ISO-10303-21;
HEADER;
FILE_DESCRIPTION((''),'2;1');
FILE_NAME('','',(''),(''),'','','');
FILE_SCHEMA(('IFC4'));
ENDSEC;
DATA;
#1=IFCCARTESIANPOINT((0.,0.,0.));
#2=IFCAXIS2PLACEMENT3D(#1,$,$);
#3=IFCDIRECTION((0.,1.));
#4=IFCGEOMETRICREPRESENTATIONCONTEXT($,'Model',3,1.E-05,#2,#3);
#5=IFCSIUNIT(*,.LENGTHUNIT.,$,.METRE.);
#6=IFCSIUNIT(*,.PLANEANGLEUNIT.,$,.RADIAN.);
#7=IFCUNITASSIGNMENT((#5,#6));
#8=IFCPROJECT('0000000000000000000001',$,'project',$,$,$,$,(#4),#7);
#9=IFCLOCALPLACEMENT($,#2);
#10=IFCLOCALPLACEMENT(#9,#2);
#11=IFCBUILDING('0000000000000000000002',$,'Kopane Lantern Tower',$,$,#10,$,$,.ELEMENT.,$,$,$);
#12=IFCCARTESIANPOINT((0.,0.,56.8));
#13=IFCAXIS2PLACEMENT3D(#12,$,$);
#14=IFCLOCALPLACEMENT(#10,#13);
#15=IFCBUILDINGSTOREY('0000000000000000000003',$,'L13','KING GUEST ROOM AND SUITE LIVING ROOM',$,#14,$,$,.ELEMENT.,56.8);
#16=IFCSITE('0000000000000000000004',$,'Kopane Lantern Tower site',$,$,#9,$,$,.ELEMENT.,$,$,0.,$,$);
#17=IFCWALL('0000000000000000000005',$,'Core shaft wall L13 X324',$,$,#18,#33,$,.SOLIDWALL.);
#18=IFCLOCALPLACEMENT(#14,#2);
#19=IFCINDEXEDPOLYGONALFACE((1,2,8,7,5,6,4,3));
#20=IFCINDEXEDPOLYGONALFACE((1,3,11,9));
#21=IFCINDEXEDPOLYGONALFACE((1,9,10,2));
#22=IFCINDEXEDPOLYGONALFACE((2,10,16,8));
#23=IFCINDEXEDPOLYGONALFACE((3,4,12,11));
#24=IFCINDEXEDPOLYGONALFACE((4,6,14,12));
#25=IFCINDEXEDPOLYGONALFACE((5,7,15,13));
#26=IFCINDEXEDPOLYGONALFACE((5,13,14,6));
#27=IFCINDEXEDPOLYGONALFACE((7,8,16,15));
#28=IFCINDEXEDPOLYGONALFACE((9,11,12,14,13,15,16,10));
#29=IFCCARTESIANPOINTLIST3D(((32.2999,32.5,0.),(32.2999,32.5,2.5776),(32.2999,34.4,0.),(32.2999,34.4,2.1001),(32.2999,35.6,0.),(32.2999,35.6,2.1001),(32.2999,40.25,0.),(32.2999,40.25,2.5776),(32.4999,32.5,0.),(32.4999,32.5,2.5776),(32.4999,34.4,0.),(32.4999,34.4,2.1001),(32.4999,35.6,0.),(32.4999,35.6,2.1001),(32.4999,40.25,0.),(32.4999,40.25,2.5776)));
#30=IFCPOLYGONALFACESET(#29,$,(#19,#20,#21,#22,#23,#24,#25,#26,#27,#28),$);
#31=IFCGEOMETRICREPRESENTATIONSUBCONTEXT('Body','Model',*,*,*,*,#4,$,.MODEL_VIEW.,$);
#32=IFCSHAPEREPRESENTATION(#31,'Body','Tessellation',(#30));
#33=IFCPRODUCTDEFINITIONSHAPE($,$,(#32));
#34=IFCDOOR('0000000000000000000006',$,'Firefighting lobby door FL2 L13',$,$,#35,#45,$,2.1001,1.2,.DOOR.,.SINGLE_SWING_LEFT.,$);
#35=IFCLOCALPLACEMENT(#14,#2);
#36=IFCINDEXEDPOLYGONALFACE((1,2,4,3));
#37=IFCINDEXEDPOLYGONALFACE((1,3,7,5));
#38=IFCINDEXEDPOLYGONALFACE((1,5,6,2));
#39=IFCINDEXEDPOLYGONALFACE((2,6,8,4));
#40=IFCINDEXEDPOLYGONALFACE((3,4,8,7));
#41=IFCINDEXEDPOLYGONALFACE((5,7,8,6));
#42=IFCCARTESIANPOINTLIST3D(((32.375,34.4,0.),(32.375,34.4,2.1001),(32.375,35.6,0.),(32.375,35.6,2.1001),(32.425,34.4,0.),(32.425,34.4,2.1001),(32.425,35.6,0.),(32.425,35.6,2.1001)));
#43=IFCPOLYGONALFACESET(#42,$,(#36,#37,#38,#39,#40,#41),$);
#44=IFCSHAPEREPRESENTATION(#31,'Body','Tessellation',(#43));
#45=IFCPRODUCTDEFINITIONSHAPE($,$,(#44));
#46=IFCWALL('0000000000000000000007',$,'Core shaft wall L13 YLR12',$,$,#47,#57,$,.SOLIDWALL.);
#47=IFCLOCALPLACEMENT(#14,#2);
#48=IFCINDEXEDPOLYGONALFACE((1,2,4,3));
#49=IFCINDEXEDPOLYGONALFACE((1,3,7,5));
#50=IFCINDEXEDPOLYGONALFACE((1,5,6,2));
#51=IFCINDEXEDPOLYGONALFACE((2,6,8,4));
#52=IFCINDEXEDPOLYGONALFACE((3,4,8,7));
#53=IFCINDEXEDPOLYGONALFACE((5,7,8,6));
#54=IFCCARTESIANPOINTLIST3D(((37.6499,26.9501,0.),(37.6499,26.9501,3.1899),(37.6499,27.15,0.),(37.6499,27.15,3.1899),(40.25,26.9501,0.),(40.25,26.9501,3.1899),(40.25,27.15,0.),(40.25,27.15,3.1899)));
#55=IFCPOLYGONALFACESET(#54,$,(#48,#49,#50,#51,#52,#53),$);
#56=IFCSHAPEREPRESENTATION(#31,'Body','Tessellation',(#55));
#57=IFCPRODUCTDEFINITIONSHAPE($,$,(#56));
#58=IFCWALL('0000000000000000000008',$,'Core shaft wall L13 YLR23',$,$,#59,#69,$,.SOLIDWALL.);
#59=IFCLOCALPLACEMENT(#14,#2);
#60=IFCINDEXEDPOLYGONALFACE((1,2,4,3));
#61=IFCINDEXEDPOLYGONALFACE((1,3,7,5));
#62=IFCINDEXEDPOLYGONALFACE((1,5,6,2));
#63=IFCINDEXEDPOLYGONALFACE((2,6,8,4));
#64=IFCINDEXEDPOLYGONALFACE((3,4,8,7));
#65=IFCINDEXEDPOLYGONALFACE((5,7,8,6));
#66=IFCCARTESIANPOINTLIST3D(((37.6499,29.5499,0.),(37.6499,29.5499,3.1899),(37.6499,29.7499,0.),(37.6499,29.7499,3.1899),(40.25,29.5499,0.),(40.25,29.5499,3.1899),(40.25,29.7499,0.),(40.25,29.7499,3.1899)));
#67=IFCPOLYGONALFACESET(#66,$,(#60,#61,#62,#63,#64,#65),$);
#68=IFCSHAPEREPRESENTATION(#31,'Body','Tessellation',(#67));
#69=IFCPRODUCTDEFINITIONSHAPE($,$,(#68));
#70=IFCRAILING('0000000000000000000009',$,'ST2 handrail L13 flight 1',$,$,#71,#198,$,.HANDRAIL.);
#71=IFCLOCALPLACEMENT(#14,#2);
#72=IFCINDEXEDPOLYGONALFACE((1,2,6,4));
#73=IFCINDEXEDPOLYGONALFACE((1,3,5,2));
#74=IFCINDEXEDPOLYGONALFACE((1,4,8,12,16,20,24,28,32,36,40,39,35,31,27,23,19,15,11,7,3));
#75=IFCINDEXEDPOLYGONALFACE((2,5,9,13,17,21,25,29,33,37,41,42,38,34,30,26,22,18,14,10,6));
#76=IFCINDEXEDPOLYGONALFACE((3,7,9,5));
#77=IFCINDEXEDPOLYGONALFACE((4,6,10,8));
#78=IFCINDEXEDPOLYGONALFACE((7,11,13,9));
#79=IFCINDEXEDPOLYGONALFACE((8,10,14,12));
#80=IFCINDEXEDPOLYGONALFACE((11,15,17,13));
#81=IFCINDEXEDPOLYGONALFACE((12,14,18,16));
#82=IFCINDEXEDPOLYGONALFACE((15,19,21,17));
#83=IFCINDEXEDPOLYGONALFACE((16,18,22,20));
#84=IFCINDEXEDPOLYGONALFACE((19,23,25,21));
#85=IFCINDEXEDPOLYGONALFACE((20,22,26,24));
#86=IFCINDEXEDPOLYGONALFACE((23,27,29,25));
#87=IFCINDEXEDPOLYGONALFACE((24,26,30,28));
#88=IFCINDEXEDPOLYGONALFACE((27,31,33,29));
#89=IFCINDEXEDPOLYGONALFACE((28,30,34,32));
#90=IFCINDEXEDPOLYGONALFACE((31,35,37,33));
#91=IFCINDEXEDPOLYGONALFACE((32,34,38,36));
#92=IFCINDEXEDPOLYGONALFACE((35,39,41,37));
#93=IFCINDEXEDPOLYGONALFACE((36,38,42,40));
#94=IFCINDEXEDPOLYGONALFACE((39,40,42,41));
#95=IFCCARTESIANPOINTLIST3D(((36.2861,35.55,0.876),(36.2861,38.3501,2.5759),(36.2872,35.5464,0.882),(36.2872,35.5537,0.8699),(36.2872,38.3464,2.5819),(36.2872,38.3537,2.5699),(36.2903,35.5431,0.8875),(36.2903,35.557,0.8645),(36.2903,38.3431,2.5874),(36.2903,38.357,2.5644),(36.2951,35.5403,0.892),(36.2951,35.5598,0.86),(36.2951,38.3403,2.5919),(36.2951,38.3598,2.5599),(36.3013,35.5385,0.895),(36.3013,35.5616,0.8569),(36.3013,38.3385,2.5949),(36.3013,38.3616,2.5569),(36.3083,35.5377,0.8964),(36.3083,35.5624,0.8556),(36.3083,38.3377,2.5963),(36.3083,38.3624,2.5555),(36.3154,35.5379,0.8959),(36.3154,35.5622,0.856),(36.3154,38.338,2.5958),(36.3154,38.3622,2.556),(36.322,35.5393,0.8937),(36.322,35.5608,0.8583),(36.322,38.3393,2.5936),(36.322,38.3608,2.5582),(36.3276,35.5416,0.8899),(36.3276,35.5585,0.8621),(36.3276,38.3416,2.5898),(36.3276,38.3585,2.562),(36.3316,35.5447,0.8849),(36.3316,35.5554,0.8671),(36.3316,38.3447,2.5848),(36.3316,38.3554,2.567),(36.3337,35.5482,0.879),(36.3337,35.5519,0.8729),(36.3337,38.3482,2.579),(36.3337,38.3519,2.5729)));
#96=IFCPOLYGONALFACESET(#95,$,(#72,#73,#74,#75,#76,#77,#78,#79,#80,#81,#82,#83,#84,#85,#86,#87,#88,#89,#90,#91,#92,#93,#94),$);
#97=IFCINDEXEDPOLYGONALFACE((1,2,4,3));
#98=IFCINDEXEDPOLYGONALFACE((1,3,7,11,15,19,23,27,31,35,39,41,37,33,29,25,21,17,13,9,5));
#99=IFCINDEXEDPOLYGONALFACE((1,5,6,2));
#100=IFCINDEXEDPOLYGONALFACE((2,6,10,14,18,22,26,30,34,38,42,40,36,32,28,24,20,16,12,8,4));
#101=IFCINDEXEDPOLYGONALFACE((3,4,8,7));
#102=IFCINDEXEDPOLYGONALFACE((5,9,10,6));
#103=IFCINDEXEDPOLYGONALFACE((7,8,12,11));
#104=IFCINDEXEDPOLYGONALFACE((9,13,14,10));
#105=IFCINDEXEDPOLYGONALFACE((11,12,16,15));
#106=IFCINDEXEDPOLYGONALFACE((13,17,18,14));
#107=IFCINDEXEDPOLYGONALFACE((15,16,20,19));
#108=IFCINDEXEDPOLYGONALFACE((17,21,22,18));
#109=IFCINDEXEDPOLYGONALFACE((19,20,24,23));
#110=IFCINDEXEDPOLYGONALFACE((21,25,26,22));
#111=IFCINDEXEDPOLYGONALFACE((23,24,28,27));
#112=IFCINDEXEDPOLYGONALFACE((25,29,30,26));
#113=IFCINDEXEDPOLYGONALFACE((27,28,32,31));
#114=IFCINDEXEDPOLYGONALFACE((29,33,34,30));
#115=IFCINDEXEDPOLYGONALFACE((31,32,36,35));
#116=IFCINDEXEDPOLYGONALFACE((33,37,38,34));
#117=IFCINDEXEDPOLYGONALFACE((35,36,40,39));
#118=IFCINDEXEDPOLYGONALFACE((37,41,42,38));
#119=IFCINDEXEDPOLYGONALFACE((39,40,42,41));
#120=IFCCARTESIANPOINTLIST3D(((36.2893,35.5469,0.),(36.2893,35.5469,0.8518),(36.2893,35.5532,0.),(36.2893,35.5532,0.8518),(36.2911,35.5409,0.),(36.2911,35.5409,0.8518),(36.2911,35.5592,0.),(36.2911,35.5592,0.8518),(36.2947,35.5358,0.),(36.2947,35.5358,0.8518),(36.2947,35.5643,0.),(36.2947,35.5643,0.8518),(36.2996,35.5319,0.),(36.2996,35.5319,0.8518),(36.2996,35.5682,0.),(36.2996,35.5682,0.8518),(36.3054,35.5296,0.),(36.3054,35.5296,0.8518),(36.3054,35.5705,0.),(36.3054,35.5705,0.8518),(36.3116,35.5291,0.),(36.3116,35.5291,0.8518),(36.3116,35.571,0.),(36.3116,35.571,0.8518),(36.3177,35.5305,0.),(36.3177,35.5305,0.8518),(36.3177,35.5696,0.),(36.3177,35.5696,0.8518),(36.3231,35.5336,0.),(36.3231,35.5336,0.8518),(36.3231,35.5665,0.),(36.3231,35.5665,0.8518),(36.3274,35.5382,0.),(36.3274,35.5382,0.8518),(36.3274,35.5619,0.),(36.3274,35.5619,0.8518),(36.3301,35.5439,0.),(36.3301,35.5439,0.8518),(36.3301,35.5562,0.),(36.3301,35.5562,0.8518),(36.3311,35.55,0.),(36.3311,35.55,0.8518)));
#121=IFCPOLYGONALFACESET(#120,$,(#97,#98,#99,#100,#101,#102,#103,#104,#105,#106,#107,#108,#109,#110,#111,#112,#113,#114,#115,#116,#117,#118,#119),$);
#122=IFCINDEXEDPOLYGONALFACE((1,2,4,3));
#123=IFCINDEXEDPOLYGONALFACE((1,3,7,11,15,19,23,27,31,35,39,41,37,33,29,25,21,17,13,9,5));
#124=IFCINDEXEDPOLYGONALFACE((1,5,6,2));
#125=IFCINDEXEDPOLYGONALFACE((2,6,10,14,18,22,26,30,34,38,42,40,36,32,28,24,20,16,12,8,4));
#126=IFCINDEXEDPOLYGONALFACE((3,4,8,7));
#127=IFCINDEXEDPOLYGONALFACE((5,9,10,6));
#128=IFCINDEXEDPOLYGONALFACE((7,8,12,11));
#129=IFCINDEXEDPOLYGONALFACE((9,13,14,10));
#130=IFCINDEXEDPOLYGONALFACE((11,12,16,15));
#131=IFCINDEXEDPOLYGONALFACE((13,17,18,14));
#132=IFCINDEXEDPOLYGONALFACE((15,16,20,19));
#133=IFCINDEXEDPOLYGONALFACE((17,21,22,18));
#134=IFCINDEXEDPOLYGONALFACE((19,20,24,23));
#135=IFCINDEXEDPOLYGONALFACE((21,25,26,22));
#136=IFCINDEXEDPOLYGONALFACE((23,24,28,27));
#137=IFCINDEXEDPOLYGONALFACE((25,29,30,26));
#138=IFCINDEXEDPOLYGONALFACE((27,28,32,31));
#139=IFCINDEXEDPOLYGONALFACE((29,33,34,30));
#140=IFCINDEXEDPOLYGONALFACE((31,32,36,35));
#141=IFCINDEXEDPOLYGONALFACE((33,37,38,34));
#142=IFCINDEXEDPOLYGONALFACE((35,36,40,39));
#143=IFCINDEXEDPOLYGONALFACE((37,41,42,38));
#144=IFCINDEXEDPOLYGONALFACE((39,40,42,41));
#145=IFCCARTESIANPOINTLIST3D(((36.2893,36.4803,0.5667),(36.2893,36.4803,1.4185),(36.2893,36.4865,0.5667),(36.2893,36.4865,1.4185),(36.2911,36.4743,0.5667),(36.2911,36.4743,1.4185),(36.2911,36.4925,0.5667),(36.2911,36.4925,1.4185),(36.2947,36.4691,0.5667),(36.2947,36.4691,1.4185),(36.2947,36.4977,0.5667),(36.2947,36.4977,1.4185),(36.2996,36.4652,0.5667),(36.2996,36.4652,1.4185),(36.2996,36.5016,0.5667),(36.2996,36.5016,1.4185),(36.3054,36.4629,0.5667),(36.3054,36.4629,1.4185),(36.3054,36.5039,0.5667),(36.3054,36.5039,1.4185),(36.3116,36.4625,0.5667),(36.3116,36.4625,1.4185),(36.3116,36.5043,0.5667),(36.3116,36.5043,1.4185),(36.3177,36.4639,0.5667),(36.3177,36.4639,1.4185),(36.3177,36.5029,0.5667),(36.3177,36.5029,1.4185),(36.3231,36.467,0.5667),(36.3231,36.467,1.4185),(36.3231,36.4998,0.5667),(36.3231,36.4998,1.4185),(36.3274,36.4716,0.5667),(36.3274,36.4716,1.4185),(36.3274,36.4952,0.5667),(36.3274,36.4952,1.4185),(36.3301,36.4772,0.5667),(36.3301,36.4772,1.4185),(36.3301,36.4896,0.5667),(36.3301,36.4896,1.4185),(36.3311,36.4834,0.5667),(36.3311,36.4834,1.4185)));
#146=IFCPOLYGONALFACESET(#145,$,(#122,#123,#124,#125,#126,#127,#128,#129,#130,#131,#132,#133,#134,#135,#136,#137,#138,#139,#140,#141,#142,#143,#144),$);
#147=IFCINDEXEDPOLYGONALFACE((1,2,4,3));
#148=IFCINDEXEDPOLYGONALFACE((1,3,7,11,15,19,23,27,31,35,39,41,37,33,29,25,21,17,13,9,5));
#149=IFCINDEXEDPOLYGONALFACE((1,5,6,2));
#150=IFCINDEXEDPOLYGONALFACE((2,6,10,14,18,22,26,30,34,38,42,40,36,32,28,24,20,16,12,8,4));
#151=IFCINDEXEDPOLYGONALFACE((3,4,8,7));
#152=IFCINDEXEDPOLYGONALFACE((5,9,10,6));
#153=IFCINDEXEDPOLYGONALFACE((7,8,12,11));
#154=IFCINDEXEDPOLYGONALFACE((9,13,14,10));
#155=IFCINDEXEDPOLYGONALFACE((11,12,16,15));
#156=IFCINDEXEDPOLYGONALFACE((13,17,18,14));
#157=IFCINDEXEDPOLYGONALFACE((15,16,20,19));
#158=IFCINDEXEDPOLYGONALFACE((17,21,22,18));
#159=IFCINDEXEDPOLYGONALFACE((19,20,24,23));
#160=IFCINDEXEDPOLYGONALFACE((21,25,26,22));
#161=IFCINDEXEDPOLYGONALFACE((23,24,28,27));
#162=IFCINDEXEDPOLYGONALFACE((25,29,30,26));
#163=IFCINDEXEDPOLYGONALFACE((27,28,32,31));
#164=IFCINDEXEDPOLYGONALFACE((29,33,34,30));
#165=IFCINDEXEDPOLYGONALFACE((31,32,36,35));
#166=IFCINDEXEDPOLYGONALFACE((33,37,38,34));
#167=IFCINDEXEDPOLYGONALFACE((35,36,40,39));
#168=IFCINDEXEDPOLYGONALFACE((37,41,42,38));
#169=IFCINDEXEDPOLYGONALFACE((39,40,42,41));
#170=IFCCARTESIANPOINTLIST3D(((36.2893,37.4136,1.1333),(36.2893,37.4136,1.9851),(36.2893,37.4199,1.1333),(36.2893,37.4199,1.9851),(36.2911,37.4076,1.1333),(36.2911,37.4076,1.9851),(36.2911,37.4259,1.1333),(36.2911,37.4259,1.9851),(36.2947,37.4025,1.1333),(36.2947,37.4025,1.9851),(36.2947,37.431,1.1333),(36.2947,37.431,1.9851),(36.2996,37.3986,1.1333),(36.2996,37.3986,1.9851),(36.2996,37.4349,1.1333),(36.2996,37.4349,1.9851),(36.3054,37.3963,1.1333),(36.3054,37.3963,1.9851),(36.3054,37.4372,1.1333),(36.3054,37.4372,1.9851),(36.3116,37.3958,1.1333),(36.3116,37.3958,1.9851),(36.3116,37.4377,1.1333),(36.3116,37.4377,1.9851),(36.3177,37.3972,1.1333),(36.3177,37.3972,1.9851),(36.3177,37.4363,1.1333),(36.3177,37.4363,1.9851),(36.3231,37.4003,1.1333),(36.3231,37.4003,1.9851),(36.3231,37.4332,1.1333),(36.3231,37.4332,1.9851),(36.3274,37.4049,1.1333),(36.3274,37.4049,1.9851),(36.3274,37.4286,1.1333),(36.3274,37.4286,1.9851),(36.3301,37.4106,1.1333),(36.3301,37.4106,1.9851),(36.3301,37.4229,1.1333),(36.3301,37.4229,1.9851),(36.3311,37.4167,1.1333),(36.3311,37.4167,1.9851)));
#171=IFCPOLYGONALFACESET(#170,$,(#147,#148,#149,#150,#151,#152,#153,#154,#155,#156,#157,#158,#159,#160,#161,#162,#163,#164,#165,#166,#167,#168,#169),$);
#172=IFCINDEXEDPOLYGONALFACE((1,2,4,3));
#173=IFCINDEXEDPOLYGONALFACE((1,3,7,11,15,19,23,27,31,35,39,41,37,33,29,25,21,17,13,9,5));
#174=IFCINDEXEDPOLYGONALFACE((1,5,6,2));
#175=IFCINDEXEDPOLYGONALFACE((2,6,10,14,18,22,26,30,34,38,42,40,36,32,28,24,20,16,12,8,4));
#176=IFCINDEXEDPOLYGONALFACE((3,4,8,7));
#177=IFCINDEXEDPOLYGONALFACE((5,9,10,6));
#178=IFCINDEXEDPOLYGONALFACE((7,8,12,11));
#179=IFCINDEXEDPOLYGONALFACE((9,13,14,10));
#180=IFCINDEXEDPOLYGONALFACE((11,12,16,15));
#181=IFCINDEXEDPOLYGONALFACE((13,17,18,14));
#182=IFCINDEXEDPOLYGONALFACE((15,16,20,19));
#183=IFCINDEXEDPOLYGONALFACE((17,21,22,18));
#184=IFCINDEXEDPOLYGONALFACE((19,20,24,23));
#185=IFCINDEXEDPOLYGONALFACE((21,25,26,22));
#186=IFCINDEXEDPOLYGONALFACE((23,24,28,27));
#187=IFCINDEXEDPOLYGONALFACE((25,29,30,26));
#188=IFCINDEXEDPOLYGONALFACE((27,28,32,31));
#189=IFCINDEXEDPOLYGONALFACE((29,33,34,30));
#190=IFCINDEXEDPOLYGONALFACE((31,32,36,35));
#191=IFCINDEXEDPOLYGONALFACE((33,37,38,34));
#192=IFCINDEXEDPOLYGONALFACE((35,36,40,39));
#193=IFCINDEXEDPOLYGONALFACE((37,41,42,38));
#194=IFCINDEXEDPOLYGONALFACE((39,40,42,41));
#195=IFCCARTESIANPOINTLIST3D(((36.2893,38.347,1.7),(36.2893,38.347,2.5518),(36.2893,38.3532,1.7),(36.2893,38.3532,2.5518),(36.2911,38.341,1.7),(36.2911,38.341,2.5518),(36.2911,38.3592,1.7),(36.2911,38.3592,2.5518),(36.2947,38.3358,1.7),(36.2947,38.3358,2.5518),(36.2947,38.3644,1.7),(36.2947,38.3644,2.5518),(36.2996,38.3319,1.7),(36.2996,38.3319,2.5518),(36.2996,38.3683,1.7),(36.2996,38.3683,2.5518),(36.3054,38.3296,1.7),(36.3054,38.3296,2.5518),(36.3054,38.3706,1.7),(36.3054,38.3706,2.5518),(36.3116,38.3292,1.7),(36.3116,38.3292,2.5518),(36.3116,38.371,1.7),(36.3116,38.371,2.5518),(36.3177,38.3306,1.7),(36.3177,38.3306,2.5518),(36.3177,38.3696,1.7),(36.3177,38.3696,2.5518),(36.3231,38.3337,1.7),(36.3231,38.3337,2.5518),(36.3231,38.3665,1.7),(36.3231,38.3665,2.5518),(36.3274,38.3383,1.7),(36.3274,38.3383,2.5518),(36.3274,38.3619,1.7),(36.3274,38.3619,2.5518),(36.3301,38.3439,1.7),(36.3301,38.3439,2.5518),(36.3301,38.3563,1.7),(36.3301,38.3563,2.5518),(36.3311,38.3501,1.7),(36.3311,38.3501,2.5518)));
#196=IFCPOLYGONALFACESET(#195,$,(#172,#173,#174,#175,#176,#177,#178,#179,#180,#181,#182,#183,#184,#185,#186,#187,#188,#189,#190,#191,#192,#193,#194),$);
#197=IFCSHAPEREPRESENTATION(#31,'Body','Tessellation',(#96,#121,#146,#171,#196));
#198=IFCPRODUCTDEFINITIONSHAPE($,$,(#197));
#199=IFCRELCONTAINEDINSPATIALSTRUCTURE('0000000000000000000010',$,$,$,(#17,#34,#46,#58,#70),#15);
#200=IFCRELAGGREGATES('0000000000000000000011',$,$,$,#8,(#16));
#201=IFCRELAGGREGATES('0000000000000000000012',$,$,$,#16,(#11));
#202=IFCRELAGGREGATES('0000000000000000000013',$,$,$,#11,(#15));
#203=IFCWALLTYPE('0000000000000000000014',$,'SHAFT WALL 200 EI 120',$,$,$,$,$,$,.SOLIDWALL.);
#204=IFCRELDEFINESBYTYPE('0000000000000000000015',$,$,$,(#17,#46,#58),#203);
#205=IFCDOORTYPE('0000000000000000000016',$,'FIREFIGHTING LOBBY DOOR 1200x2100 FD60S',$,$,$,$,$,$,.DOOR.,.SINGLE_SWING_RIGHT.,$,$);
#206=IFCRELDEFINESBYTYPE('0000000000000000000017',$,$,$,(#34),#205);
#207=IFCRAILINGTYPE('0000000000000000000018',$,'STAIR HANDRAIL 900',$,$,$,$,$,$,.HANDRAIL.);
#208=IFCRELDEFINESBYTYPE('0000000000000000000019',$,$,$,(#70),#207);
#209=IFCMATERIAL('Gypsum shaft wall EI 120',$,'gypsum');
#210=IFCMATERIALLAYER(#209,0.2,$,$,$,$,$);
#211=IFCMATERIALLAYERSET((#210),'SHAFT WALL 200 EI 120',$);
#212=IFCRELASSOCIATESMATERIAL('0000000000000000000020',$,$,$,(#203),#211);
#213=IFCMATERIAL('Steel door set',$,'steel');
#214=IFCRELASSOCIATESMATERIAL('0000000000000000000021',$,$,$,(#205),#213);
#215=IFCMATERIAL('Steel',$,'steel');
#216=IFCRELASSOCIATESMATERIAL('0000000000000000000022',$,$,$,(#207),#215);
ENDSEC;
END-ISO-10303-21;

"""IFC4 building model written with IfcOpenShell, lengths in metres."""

from ifc_helpers import new_model, si_unit, direction, frame, frame_2d, origin, origin_2d, place, context, subcontext, project, spatial, rectangle, circle, extrude, material, layer, layer_set, type_object, element, fill, save


model = new_model("IFC4")

# Units and contexts
model_context = context("Model", 3, precision=1e-05, world=origin(), true_north=direction((0.0, 1.0)))
body_context = subcontext(model_context, "Body", "Model", "MODEL_VIEW")
ifc_project = project(units=[si_unit("LENGTHUNIT", "METRE"), si_unit("PLANEANGLEUNIT", "RADIAN")], contexts=[model_context])

# Site, building, storey
site_placement = place(None, origin())
site = spatial("IfcSite", under=ifc_project, at=site_placement, Name="Kopane Lantern Tower site", CompositionType="ELEMENT", RefElevation=0.0)
building_placement = place(site_placement, origin())
building = spatial("IfcBuilding", under=site, at=building_placement, Name="Kopane Lantern Tower", CompositionType="ELEMENT")
storey_placement = place(building_placement, frame((0.0, 0.0, 56.8)))
storey = spatial("IfcBuildingStorey", under=building, at=storey_placement, Name="L13", Description="KING GUEST ROOM AND SUITE LIVING ROOM", CompositionType="ELEMENT", Elevation=56.8)

# Shared definitions
ifc_material_1 = material(Name="Gypsum shaft wall EI 120", Category="gypsum")
ifc_layer_1 = layer(ifc_material_1, 0.2)
ifc_layer_set_1 = layer_set([ifc_layer_1], Name="SHAFT WALL 200 EI 120")
wall_type_1 = type_object("IfcWallType", Name="SHAFT WALL 200 EI 120", PredefinedType="SOLIDWALL", material=ifc_layer_set_1)

# Wall, opening, door
wall_1_placement = place(storey_placement, frame((32.3999, 32.5, 0.0), z_axis=(0.0, 0.0, 1.0), x_axis=(0.0, 1.0, 0.0)))
wall_1 = element("IfcWall", 1, at=wall_1_placement, inside=storey, type_object=wall_type_1, Name="Core shaft wall L13 X324", PredefinedType="SOLIDWALL", context=body_context, shape_type="SweptSolid", body=[
    extrude(rectangle(XDim=7.75, YDim=0.2, at=frame_2d((3.875, 0.0))), origin(), (0.0, 0.0, 1.0), 2.5776),
])
opening_1_placement = place(wall_1_placement, frame((1.8999, 0.0, 0.0)))
opening_1 = element("IfcOpeningElement", 2, at=opening_1_placement, cuts=wall_1, PredefinedType="OPENING", context=body_context, shape_type="SweptSolid", body=[
    extrude(rectangle(XDim=1.2, YDim=2.1001, at=frame_2d((0.6001, 1.05))), frame((0.0, 0.1099, 0.0), z_axis=(0.0, -1.0, 0.0), x_axis=(1.0, 0.0, 0.0)), (0.0, 0.0, 1.0), 0.22),
])
ifc_material_2 = material(Name="Steel door set", Category="steel")
door_type_1 = type_object("IfcDoorType", Name="FIREFIGHTING LOBBY DOOR 1200x2100 FD60S", OperationType="SINGLE_SWING_RIGHT", PredefinedType="DOOR", material=ifc_material_2)
door_1_placement = place(opening_1_placement, origin())
door_1 = element("IfcDoor", 3, at=door_1_placement, inside=storey, type_object=door_type_1, Name="Firefighting lobby door FL2 L13", OperationType="SINGLE_SWING_LEFT", OverallHeight=2.1001, OverallWidth=1.2, PredefinedType="DOOR", context=body_context, shape_type="SweptSolid", body=[
    extrude(rectangle(XDim=1.2, YDim=2.1001, at=frame_2d((0.6001, 1.05))), frame((0.0, 0.0249, 0.0), z_axis=(0.0, -1.0, 0.0), x_axis=(1.0, 0.0, 0.0)), (0.0, 0.0, 1.0), 0.05),
])
fill(opening_1, door_1)

# Walls
for number, where, z_axis, x_axis, name in (
    (4, (37.6499, 27.05, 0.0), (0.0, 0.0, 1.0), (1.0, 0.0, 0.0), "Core shaft wall L13 YLR12"),
    (5, (37.6499, 29.6499, 0.0), (0.0, 0.0, 1.0), (1.0, 0.0, 0.0), "Core shaft wall L13 YLR23"),
):
    element("IfcWall", number, at=place(storey_placement, frame(where, z_axis=z_axis, x_axis=x_axis)), inside=storey, type_object=wall_type_1, Name=name, PredefinedType="SOLIDWALL", context=body_context, shape_type="SweptSolid", body=[
        extrude(rectangle(XDim=2.6001, YDim=0.2, at=frame_2d((1.3, 0.0))), origin(), (0.0, 0.0, 1.0), 3.1899),
    ])

# Railing
ifc_material_3 = material(Name="Steel", Category="steel")
railing_type_1 = type_object("IfcRailingType", Name="STAIR HANDRAIL 900", PredefinedType="HANDRAIL", material=ifc_material_3)
for number, where, name in (
    (6, (36.3101, 35.55, 0.0), "ST2 handrail L13 flight 1"),
):
    element("IfcRailing", number, at=place(storey_placement, frame(where)), inside=storey, type_object=railing_type_1, Name=name, PredefinedType="HANDRAIL", context=body_context, shape_type="SweptSolid", body=[
        extrude(circle(Radius=0.0239, at=origin_2d()), frame((0.0, 0.0, 0.876), z_axis=(0.0, 0.854798, 0.518961), x_axis=(-1.0, 0.0, 0.0)), (0.0, 0.0, 1.0), 3.2756),
        extrude(circle(Radius=0.021, at=origin_2d()), origin(), (0.0, 0.0, 1.0), 0.8518),
        extrude(circle(Radius=0.021, at=origin_2d()), frame((0.0, 0.9333, 0.5667)), (0.0, 0.0, 1.0), 0.8518),
        extrude(circle(Radius=0.021, at=origin_2d()), frame((0.0, 1.8667, 1.1333)), (0.0, 0.0, 1.0), 0.8518),
        extrude(circle(Radius=0.021, at=origin_2d()), frame((0.0, 2.8, 1.7)), (0.0, 0.0, 1.0), 0.8518),
    ])

save(model, "model.ifc")
